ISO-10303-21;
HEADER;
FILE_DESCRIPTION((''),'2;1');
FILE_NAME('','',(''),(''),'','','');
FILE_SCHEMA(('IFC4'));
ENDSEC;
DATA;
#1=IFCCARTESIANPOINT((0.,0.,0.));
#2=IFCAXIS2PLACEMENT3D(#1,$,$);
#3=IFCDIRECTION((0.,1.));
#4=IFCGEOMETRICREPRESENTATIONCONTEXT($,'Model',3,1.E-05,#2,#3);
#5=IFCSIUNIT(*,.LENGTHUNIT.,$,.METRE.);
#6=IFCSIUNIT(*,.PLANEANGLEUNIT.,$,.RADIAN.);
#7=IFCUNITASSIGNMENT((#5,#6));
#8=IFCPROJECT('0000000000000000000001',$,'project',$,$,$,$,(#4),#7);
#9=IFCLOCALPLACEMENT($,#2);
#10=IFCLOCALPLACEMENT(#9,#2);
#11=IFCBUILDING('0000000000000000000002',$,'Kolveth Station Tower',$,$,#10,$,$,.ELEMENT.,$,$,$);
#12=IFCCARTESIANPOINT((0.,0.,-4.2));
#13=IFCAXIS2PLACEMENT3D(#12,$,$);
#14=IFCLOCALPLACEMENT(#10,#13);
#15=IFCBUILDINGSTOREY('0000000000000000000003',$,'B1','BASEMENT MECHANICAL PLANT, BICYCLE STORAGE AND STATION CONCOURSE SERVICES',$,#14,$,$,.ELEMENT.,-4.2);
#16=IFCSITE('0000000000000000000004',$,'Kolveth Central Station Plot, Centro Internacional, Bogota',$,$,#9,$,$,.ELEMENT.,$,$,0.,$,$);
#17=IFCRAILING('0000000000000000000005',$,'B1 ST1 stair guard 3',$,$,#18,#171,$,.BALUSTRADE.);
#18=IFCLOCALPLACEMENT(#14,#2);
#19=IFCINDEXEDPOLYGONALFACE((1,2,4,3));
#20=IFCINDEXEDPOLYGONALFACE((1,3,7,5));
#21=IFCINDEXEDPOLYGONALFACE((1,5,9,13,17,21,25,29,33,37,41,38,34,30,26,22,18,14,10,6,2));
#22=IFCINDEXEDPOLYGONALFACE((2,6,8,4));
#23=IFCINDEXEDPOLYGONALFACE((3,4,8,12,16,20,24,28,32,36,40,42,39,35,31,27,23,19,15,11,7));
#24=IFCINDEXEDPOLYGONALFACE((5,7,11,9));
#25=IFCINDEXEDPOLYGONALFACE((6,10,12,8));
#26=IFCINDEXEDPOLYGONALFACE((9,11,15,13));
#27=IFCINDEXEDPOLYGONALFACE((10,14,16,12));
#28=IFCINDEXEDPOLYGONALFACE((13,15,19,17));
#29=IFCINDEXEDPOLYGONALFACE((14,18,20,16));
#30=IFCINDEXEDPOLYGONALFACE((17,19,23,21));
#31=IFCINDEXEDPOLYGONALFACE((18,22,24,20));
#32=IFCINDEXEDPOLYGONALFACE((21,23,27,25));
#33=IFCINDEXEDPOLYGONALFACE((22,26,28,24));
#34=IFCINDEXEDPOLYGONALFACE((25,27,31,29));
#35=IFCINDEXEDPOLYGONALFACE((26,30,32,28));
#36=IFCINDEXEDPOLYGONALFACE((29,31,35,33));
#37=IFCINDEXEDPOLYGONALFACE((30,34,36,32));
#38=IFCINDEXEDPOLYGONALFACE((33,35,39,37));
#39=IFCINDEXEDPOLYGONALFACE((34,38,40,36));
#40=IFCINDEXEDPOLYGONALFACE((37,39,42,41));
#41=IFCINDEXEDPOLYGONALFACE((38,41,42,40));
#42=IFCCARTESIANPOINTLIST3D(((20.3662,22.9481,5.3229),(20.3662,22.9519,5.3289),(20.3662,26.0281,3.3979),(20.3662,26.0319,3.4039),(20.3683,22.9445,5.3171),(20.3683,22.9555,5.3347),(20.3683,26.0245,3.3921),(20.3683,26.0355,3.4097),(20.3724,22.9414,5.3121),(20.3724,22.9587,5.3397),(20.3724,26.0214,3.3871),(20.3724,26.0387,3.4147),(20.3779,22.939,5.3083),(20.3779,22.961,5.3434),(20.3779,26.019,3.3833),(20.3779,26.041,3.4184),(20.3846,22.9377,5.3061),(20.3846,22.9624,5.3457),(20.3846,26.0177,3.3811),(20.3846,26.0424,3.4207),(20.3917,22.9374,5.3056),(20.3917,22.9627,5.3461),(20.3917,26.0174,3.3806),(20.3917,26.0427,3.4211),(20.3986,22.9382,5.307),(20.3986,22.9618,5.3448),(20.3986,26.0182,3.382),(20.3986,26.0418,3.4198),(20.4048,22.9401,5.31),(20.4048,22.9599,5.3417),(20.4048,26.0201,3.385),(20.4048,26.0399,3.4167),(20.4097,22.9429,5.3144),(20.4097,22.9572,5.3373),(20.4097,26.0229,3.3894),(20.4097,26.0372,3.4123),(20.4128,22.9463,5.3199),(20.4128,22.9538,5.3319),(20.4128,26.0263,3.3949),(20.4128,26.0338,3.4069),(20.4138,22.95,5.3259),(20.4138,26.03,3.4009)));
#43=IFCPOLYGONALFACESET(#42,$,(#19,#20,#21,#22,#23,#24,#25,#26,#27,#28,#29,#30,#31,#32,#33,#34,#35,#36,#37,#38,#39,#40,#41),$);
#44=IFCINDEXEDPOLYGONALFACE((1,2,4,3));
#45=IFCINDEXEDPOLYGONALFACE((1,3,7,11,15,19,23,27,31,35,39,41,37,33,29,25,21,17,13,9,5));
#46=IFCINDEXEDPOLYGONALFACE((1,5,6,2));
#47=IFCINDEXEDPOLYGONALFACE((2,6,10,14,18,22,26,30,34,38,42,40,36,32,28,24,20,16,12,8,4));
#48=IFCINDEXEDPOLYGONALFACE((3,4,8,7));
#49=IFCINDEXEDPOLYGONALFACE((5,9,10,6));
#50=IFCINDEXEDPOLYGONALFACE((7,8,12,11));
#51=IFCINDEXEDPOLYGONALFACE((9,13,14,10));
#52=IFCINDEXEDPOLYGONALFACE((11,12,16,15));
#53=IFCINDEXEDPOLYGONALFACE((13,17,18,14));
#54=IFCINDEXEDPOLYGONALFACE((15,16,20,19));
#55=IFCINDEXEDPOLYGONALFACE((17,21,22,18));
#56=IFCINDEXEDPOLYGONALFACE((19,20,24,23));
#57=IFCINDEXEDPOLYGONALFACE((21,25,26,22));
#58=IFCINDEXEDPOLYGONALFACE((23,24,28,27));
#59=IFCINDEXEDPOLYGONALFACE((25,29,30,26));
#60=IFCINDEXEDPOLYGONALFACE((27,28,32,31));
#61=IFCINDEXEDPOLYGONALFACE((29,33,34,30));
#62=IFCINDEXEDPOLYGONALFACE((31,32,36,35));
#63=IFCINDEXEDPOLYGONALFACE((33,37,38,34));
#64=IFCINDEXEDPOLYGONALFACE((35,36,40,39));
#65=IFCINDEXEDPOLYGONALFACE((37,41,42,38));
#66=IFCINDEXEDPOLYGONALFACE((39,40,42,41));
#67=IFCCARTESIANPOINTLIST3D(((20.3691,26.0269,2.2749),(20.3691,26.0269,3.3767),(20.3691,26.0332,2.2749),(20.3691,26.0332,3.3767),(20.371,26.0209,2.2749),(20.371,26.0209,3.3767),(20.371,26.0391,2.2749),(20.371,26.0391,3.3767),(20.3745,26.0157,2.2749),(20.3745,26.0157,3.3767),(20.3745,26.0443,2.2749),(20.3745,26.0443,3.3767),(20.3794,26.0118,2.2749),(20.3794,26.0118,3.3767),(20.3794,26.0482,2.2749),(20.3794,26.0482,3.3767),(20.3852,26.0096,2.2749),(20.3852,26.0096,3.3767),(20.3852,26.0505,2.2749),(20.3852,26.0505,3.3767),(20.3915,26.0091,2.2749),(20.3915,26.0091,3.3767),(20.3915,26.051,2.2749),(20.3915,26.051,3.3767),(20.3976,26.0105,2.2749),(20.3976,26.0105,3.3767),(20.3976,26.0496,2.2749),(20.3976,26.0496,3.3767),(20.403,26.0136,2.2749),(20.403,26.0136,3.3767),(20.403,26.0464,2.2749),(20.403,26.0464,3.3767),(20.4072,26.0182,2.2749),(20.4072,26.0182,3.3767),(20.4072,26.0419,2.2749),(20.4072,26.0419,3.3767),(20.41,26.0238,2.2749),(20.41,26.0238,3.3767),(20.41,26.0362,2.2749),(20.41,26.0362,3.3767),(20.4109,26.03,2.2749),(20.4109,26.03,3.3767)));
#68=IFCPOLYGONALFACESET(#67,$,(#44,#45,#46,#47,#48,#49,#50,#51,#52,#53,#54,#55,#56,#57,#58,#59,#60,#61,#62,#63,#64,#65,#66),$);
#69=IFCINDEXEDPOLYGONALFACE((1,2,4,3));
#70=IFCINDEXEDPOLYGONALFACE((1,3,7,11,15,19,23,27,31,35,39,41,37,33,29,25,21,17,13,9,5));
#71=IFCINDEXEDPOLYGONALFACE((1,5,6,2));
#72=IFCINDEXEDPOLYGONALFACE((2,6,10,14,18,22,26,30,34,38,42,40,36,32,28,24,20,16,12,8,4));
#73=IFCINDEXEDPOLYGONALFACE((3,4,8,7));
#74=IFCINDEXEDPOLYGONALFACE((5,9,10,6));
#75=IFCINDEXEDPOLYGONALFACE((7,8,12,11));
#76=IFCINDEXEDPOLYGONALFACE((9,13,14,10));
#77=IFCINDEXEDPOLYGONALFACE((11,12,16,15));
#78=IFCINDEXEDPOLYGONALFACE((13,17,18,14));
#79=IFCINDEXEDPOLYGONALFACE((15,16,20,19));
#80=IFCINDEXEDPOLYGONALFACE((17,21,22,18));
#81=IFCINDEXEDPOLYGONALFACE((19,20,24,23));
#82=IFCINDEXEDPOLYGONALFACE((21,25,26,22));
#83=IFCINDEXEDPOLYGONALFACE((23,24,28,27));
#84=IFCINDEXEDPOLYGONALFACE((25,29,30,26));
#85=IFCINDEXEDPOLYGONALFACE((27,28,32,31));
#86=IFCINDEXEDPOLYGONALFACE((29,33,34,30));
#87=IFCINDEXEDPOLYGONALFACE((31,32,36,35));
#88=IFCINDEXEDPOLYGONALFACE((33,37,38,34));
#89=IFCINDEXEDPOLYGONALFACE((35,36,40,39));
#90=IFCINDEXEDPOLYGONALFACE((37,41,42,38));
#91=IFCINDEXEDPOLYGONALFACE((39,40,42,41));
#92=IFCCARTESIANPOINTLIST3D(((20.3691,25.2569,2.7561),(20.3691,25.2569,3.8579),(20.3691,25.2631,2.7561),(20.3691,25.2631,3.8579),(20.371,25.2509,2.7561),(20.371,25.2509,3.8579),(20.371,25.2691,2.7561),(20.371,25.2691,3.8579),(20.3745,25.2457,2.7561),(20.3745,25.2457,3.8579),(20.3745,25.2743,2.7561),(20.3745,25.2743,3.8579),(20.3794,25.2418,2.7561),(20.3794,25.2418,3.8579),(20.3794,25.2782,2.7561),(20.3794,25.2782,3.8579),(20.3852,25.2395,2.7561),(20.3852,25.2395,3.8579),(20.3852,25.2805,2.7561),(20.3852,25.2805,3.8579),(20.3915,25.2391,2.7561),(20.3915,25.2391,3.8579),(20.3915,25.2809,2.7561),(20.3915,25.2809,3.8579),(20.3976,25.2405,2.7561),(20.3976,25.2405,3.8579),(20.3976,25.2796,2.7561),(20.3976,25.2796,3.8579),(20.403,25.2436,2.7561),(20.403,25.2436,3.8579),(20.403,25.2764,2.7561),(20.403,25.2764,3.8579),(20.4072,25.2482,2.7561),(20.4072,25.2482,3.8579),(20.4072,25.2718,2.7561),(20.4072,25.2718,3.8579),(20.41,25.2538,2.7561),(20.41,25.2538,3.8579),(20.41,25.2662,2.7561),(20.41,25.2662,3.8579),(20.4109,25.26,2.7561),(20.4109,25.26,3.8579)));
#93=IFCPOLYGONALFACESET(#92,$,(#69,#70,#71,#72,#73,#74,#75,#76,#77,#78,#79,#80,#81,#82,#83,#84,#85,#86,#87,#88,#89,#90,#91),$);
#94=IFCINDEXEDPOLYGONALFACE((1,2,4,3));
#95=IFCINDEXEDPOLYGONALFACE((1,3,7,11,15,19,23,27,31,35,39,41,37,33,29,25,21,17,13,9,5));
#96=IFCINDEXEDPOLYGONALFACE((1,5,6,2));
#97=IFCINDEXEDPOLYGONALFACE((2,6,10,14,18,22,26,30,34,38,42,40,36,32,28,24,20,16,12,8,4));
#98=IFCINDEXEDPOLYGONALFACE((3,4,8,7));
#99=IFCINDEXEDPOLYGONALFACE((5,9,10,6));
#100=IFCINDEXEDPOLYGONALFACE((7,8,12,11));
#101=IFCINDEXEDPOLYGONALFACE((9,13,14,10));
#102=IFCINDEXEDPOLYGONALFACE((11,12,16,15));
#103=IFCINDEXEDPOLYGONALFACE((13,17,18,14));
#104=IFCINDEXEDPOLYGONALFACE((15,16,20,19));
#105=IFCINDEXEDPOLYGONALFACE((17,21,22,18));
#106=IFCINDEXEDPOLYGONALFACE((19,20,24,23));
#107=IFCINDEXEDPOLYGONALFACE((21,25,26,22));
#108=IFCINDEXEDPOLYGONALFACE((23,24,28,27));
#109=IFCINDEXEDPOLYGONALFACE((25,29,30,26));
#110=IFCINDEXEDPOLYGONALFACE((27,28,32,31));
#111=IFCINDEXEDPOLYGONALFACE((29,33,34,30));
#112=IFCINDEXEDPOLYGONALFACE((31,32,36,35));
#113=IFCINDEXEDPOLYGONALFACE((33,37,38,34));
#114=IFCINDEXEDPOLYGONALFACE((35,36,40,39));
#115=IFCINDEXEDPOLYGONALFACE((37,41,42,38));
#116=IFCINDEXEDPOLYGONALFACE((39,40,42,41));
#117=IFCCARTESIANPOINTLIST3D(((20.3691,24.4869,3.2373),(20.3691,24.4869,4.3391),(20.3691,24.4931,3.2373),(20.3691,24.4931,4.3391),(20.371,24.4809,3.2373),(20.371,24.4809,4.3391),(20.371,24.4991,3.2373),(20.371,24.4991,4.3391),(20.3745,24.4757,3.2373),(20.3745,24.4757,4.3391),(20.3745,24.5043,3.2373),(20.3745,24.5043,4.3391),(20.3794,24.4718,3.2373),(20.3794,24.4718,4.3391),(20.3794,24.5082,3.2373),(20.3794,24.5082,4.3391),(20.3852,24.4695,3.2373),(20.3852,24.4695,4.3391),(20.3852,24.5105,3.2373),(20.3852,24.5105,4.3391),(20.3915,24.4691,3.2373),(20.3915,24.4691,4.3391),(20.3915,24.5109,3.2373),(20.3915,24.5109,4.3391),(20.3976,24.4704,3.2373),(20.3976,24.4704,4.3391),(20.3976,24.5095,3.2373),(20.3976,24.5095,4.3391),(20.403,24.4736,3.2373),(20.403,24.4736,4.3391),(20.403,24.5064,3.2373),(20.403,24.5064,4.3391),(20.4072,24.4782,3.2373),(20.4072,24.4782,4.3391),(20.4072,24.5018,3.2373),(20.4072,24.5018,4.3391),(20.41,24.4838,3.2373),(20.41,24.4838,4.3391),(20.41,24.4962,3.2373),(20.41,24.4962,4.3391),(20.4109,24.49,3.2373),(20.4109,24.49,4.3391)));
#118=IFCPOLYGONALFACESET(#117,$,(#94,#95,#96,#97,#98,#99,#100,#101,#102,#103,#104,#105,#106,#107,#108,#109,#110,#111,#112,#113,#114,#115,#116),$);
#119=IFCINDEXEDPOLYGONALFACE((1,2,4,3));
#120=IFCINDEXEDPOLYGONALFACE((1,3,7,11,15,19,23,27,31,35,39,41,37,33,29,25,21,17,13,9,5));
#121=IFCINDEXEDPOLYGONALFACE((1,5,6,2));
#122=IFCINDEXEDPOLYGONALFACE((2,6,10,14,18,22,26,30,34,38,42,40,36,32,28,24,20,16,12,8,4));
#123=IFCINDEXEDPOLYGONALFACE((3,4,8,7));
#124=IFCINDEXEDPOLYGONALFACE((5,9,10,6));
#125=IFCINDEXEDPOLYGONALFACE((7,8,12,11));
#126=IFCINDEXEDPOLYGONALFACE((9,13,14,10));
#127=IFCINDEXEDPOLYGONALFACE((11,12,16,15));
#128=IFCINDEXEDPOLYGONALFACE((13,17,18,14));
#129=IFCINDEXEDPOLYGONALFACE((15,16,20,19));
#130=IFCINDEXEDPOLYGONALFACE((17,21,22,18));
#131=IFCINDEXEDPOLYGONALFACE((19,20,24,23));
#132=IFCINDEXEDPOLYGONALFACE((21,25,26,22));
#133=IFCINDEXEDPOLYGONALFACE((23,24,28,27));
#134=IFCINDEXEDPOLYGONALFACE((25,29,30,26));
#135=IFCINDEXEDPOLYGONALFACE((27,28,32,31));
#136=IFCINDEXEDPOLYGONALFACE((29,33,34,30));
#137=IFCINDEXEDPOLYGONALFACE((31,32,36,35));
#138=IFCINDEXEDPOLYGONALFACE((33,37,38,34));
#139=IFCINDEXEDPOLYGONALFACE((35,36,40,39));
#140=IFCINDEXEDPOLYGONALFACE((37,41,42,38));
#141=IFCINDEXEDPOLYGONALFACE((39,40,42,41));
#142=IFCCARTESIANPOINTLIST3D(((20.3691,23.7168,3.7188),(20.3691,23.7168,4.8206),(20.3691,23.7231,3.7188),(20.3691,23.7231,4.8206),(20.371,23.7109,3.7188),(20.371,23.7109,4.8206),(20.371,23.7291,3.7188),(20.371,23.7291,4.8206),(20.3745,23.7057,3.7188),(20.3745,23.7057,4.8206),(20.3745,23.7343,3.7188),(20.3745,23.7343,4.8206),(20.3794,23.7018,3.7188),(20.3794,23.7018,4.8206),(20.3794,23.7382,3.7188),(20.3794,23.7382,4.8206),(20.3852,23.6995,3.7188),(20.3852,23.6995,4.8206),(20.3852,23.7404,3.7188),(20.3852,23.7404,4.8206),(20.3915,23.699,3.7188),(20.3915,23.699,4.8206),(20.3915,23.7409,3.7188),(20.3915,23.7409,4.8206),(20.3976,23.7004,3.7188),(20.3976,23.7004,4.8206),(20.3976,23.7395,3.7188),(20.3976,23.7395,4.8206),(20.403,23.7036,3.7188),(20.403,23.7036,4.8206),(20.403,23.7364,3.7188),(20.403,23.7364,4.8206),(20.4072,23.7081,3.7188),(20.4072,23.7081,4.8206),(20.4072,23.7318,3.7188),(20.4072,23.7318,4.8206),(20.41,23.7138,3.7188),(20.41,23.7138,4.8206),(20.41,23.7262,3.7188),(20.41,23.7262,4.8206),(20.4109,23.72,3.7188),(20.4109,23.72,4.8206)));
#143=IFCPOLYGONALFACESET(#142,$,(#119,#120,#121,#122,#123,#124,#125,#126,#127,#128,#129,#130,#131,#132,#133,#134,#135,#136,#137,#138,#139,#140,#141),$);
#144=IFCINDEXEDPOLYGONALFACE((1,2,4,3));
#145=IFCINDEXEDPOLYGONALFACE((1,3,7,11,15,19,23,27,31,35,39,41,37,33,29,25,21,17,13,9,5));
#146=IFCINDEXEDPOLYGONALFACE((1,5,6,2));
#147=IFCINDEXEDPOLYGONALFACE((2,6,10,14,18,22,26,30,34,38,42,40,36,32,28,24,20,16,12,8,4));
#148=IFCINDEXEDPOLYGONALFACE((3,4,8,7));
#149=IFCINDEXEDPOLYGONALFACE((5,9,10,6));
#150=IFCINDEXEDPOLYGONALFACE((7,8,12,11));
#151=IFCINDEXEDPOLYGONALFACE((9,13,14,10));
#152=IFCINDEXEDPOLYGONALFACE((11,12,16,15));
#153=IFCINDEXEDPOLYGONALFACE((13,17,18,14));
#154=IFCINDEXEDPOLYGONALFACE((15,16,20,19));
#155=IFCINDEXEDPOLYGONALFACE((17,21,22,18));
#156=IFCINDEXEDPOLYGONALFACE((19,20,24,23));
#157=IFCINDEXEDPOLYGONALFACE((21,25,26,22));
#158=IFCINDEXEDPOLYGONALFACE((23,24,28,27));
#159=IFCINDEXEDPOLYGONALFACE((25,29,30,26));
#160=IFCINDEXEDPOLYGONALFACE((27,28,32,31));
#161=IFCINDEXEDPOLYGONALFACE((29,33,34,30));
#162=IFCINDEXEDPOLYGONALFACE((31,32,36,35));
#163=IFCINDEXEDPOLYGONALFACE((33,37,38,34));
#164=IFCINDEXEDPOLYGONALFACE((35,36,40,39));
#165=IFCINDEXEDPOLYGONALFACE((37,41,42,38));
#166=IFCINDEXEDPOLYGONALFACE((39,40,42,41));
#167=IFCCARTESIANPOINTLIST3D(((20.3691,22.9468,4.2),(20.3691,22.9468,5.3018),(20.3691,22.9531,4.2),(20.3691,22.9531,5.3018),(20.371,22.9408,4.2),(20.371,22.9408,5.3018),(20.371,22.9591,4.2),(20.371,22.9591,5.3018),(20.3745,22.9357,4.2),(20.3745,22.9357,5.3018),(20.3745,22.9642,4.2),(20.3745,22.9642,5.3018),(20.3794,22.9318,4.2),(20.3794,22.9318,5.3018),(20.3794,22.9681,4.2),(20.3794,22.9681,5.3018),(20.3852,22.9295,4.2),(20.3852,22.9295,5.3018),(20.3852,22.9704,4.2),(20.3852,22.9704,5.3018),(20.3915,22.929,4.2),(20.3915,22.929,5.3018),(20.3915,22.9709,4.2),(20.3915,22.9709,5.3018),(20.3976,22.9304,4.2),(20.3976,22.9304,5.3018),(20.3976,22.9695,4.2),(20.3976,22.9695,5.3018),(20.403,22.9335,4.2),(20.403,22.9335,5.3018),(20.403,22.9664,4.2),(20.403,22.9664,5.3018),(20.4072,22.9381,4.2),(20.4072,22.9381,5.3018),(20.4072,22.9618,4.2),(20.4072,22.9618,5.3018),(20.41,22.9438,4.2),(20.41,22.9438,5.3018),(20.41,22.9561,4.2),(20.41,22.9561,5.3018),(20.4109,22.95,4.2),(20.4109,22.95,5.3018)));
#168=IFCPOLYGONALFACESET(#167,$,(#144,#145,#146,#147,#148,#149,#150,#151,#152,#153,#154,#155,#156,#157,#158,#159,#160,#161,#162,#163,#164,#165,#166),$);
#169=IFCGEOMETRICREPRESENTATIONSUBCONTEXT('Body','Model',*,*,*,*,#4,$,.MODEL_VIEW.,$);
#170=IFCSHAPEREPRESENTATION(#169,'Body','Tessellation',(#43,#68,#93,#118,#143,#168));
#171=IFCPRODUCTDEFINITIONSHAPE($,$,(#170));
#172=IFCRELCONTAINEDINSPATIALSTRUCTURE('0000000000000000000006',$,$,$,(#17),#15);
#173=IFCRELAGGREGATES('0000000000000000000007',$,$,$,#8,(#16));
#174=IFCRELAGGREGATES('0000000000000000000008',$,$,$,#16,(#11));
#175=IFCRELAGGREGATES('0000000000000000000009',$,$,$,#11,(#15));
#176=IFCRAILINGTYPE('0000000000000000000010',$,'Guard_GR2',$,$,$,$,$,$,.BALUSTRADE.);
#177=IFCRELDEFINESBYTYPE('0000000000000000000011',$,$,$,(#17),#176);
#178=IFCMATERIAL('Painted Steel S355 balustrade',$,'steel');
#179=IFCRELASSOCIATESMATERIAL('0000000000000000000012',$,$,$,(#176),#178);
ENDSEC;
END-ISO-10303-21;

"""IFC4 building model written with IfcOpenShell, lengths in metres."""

from ifc_helpers import new_model, si_unit, direction, frame, origin, origin_2d, place, context, subcontext, project, spatial, circle, extrude, material, type_object, element, save


model = new_model("IFC4")

# Units and contexts
model_context = context("Model", 3, precision=1e-05, world=origin(), true_north=direction((0.0, 1.0)))
body_context = subcontext(model_context, "Body", "Model", "MODEL_VIEW")
ifc_project = project(units=[si_unit("LENGTHUNIT", "METRE"), si_unit("PLANEANGLEUNIT", "RADIAN")], contexts=[model_context])

# Site, building, storey
site_placement = place(None, origin())
site = spatial("IfcSite", under=ifc_project, at=site_placement, Name="Kolveth Central Station Plot, Centro Internacional, Bogota", CompositionType="ELEMENT", RefElevation=0.0)
building_placement = place(site_placement, origin())
building = spatial("IfcBuilding", under=site, at=building_placement, Name="Kolveth Station Tower", CompositionType="ELEMENT")
storey_placement = place(building_placement, frame((0.0, 0.0, -4.2)))
storey = spatial("IfcBuildingStorey", under=building, at=storey_placement, Name="B1", Description="BASEMENT MECHANICAL PLANT, BICYCLE STORAGE AND STATION CONCOURSE SERVICES", CompositionType="ELEMENT", Elevation=-4.2)

# Railing
ifc_material_1 = material(Name="Painted Steel S355 balustrade", Category="steel")
railing_type_1 = type_object("IfcRailingType", Name="Guard_GR2", PredefinedType="BALUSTRADE", material=ifc_material_1)
railing_1_placement = place(storey_placement, frame((20.3899, 26.03, 2.2749)))
element("IfcRailing", 1, at=railing_1_placement, inside=storey, type_object=railing_type_1, Name="B1 ST1 stair guard 3", PredefinedType="BALUSTRADE", context=body_context, shape_type="SweptSolid", body=[
    extrude(circle(Radius=0.0239, at=origin_2d()), frame((0.0, 0.0, 1.126), z_axis=(0.0, -0.847998, 0.529999), x_axis=(1.0, 0.0, 0.0)), (0.0, 0.0, 1.0), 3.6321),
    extrude(circle(Radius=0.021, at=origin_2d()), origin(), (0.0, 0.0, 1.0), 1.1018),
    extrude(circle(Radius=0.021, at=origin_2d()), frame((0.0, -0.77, 0.4812)), (0.0, 0.0, 1.0), 1.1018),
    extrude(circle(Radius=0.021, at=origin_2d()), frame((0.0, -1.54, 0.9624)), (0.0, 0.0, 1.0), 1.1018),
    extrude(circle(Radius=0.021, at=origin_2d()), frame((0.0, -2.3101, 1.4438)), (0.0, 0.0, 1.0), 1.1018),
    extrude(circle(Radius=0.021, at=origin_2d()), frame((0.0, -3.0801, 1.925)), (0.0, 0.0, 1.0), 1.1018),
])

save(model, "model.ifc")
